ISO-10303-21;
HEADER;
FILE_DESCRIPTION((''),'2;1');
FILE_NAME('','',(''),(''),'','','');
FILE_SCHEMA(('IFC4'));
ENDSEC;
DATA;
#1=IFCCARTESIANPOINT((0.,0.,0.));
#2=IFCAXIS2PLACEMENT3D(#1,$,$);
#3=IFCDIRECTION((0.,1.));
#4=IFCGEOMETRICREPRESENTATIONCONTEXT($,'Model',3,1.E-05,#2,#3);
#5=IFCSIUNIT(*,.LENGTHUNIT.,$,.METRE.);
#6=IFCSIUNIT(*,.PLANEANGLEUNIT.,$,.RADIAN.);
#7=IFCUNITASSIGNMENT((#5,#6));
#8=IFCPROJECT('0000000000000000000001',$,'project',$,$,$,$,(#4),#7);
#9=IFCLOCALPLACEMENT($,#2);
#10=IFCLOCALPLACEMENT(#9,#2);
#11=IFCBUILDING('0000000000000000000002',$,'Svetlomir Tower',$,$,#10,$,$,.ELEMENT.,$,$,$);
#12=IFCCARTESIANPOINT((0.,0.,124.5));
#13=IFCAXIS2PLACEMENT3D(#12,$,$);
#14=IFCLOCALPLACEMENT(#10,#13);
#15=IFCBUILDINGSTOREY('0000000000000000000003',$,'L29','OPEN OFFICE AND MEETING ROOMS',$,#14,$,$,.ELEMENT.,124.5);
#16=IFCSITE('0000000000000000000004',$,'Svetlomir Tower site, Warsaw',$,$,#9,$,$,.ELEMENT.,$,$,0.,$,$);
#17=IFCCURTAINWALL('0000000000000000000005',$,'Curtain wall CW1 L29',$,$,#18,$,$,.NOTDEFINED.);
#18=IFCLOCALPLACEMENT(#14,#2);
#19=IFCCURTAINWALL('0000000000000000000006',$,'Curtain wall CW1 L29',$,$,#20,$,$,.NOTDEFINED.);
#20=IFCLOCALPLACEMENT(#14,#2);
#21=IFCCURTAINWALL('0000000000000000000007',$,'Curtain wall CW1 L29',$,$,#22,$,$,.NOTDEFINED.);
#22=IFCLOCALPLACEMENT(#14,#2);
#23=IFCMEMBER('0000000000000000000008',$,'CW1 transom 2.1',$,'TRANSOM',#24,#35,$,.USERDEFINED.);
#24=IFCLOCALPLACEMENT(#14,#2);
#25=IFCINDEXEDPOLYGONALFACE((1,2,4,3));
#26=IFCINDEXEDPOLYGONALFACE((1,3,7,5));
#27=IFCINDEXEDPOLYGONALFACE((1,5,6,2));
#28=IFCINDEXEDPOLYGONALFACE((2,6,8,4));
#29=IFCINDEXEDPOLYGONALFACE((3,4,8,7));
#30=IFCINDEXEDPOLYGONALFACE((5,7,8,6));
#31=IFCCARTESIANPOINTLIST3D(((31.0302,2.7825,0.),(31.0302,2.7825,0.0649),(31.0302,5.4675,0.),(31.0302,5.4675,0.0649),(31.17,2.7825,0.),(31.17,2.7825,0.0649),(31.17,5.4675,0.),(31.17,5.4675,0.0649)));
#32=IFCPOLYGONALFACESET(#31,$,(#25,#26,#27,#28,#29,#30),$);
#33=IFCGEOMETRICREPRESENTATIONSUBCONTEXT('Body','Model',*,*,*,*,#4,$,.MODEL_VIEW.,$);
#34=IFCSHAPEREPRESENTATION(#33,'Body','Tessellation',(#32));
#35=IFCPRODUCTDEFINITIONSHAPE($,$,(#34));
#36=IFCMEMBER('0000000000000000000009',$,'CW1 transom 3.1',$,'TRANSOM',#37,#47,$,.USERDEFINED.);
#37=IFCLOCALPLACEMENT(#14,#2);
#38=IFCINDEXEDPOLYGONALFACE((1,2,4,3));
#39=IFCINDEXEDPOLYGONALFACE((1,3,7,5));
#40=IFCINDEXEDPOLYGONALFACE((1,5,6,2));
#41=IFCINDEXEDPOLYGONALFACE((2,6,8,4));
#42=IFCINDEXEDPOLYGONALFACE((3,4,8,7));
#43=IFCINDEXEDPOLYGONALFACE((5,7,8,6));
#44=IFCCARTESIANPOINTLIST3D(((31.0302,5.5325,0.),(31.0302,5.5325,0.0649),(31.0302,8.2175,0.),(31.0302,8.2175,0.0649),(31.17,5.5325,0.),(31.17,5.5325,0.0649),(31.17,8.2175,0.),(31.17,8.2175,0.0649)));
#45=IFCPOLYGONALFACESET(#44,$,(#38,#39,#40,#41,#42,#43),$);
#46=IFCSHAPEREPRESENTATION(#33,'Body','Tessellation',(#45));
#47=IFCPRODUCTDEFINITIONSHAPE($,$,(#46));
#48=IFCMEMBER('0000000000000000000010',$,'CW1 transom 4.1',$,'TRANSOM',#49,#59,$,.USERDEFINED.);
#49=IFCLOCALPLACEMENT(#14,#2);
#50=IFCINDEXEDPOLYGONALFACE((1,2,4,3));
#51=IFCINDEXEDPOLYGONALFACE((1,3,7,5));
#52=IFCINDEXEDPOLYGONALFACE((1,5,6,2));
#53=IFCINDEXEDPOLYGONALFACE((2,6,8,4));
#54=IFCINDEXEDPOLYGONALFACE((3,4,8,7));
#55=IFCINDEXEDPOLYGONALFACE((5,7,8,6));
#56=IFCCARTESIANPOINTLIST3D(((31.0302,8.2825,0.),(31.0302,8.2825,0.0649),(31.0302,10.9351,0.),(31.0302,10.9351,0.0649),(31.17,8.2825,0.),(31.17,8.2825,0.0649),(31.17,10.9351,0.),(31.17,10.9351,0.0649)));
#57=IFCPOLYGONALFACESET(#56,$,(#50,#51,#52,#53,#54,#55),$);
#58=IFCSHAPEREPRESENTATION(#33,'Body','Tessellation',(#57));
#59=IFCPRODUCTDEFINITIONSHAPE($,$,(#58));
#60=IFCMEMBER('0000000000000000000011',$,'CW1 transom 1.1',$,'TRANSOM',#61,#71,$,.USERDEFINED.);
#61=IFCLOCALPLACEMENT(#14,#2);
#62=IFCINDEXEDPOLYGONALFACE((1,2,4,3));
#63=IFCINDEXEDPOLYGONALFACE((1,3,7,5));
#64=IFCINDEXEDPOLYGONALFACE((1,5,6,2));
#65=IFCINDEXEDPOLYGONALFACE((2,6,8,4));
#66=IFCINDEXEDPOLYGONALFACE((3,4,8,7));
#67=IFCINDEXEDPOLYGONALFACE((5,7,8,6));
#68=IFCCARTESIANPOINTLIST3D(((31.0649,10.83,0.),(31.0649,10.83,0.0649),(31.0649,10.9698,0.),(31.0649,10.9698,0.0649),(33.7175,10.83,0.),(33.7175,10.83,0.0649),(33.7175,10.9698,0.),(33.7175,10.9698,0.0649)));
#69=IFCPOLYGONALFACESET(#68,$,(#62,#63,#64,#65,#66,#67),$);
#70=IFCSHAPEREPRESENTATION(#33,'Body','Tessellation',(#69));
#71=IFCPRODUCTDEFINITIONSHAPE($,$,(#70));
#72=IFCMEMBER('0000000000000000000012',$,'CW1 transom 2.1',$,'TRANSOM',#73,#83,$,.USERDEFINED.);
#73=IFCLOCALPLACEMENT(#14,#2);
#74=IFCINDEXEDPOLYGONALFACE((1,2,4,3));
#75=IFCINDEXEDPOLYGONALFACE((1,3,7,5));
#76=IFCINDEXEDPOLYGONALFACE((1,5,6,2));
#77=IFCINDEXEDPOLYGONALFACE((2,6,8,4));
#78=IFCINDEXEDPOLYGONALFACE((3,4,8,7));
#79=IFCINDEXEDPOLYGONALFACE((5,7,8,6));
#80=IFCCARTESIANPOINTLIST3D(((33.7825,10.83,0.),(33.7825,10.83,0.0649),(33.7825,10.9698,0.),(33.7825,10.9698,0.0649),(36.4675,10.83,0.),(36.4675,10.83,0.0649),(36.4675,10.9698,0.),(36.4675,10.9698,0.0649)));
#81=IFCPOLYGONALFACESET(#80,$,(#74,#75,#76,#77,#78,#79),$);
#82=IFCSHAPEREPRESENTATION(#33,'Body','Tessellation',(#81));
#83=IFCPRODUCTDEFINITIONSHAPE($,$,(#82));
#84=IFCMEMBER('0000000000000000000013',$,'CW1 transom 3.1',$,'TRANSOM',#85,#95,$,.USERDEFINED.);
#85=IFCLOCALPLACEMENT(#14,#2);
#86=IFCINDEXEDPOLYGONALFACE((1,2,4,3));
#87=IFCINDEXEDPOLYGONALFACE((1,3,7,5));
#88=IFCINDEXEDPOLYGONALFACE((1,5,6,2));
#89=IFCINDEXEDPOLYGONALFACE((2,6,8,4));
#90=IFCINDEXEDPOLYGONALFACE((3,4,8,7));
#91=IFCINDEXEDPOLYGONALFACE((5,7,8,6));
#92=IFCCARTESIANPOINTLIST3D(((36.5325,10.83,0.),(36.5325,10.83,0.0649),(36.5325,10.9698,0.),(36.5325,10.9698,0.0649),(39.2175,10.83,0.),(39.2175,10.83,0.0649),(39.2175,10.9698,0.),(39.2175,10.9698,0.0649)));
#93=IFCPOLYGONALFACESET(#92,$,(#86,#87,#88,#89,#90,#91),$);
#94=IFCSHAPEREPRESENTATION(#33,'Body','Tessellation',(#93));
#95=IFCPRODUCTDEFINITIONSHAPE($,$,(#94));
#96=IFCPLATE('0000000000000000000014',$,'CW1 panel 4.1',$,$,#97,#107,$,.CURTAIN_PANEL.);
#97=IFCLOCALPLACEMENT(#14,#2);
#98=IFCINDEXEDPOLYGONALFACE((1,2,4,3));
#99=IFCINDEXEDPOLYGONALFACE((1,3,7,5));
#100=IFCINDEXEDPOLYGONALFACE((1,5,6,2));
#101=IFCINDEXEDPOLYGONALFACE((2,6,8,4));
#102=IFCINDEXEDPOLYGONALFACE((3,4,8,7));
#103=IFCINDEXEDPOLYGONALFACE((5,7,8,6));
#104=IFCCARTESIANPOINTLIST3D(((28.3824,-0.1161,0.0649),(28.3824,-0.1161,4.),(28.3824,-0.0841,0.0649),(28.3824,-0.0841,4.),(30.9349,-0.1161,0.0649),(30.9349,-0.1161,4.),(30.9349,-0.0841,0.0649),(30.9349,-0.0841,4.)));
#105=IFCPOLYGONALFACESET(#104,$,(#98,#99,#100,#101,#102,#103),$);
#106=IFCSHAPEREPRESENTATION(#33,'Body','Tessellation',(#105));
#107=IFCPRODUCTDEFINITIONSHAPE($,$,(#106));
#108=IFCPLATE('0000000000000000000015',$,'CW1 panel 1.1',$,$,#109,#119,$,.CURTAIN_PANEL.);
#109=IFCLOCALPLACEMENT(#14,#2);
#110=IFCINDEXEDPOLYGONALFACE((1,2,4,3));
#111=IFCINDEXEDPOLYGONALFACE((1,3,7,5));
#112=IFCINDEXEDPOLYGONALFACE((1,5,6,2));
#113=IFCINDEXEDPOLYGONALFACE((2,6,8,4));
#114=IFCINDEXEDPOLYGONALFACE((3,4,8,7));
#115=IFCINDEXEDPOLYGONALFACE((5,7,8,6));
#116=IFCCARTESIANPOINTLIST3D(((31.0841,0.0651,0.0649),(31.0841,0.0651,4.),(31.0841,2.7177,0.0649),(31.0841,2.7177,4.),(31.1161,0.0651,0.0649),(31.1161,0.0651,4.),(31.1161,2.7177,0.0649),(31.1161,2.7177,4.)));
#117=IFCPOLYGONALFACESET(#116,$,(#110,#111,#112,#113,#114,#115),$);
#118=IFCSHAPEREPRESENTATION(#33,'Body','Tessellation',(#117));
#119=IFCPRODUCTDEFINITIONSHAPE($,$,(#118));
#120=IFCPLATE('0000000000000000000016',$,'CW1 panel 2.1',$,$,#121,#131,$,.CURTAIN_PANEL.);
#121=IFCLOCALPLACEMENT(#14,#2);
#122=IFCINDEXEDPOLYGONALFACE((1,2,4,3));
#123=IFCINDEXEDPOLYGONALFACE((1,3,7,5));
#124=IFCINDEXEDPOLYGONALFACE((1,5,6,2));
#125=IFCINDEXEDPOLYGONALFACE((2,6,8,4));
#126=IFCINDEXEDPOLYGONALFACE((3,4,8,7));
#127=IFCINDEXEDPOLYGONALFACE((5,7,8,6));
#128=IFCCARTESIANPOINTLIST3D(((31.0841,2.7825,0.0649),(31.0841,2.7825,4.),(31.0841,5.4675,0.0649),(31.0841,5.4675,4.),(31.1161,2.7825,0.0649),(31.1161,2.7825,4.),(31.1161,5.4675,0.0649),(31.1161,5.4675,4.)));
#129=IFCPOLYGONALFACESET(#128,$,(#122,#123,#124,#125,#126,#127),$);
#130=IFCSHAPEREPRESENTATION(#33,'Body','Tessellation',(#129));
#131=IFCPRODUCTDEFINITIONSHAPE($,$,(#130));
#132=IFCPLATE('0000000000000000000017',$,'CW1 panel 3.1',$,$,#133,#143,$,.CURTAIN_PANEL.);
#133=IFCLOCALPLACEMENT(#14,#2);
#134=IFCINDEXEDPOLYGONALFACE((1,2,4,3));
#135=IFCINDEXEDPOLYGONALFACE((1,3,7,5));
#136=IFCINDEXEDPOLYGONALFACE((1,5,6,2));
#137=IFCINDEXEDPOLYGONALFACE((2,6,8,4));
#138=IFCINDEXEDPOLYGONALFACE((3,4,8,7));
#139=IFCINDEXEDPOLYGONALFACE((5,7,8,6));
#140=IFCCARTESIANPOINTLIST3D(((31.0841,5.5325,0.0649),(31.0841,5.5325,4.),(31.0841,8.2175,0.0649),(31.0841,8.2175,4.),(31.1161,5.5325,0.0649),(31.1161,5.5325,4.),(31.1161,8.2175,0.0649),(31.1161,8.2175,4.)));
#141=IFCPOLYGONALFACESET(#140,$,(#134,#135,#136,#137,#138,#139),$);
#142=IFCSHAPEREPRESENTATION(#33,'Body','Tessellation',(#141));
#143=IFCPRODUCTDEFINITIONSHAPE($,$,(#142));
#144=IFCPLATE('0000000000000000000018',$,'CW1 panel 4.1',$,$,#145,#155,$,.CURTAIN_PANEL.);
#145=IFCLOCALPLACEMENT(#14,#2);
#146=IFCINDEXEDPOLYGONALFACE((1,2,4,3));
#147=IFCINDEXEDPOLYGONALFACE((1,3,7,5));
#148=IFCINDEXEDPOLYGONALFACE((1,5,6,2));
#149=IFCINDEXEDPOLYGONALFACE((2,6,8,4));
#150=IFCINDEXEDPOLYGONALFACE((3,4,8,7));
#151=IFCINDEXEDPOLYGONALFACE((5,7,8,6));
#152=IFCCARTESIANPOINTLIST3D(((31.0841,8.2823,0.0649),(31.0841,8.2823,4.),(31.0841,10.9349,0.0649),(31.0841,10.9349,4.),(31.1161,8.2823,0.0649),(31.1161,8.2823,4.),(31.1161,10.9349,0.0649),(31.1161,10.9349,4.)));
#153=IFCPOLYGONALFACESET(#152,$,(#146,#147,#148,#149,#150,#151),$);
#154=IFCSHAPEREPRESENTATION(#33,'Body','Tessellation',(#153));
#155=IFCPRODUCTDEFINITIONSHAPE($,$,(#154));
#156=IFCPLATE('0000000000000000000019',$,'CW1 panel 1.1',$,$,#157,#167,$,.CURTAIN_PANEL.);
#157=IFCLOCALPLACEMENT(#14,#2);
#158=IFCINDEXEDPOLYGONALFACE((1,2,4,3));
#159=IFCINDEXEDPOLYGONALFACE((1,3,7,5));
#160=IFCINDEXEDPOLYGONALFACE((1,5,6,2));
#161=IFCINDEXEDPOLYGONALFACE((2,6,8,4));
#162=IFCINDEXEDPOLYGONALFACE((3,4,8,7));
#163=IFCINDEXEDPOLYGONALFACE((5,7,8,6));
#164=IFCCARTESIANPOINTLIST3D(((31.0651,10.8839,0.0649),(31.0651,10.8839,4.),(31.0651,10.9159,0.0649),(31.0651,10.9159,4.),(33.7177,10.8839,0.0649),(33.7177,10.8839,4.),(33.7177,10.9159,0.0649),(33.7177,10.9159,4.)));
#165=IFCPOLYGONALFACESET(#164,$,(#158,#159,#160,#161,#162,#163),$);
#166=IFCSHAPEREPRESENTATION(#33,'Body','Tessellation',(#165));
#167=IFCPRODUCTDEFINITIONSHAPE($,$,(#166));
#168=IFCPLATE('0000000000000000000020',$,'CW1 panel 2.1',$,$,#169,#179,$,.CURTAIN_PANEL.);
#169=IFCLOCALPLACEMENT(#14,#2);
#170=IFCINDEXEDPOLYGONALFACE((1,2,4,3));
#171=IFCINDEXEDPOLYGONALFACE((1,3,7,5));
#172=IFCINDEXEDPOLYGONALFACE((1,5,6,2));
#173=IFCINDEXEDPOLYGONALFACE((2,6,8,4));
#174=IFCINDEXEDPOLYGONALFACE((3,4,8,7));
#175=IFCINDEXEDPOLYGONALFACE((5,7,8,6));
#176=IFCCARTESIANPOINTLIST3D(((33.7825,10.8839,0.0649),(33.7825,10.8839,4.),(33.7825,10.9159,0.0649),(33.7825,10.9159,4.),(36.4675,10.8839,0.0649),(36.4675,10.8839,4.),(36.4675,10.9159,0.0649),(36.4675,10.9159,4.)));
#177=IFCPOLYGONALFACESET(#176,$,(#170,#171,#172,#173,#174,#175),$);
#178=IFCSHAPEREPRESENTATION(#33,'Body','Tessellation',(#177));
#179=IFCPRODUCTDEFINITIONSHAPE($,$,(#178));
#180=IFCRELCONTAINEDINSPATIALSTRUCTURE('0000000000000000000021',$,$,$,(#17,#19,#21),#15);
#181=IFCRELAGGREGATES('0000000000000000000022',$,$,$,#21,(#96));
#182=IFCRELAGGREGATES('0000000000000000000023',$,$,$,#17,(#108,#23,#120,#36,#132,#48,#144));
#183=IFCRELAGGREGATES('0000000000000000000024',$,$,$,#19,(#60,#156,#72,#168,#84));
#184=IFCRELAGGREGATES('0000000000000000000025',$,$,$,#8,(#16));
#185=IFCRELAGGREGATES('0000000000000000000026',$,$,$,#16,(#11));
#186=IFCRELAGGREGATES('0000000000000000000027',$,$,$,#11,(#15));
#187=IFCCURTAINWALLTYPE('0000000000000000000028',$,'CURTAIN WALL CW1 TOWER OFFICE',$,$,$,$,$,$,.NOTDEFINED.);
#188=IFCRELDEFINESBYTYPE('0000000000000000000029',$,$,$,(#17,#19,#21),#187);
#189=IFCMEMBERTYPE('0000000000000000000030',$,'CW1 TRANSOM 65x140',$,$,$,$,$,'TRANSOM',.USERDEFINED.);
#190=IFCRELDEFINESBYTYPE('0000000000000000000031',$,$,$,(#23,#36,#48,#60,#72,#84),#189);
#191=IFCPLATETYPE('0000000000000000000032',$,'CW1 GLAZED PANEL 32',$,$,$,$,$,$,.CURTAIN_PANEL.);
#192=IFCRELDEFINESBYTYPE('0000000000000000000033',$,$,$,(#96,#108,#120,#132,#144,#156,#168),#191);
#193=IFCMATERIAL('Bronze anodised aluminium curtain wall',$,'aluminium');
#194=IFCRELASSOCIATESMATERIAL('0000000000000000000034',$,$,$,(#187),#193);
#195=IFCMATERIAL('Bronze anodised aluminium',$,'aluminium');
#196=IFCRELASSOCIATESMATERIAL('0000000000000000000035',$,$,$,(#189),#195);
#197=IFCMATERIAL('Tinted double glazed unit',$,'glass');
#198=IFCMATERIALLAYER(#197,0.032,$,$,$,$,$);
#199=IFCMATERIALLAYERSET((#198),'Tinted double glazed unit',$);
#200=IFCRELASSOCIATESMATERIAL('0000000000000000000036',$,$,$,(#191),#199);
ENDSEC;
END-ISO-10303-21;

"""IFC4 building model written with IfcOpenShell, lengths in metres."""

from ifc_helpers import new_model, si_unit, direction, frame, origin, origin_2d, place, context, subcontext, project, spatial, rectangle, extrude, material, layer, layer_set, material_profile, profile_set, type_object, element, aggregate, save


model = new_model("IFC4")

# Units and contexts
model_context = context("Model", 3, precision=1e-05, world=origin(), true_north=direction((0.0, 1.0)))
body_context = subcontext(model_context, "Body", "Model", "MODEL_VIEW")
ifc_project = project(units=[si_unit("LENGTHUNIT", "METRE"), si_unit("PLANEANGLEUNIT", "RADIAN")], contexts=[model_context])

# Site, building, storey
site_placement = place(None, origin())
site = spatial("IfcSite", under=ifc_project, at=site_placement, Name="Svetlomir Tower site, Warsaw", CompositionType="ELEMENT", RefElevation=0.0)
building_placement = place(site_placement, origin())
building = spatial("IfcBuilding", under=site, at=building_placement, Name="Svetlomir Tower", CompositionType="ELEMENT")
storey_placement = place(building_placement, frame((0.0, 0.0, 124.5)))
storey = spatial("IfcBuildingStorey", under=building, at=storey_placement, Name="L29", Description="OPEN OFFICE AND MEETING ROOMS", CompositionType="ELEMENT", Elevation=124.5)

# Curtain walls
ifc_material_1 = material(Name="Bronze anodised aluminium curtain wall", Category="aluminium")
curtain_wall_type = type_object("IfcCurtainWallType", Name="CURTAIN WALL CW1 TOWER OFFICE", PredefinedType="NOTDEFINED", material=ifc_material_1)
curtain_wall_1_placement = place(storey_placement, origin())
curtain_wall_1 = element("IfcCurtainWall", 1, at=curtain_wall_1_placement, inside=storey, type_object=curtain_wall_type, Name="Curtain wall CW1 L29", PredefinedType="NOTDEFINED")
curtain_wall_2_placement = place(storey_placement, origin())
curtain_wall_2 = element("IfcCurtainWall", 2, at=curtain_wall_2_placement, inside=storey, type_object=curtain_wall_type, Name="Curtain wall CW1 L29", PredefinedType="NOTDEFINED")

# Curtain wall
curtain_wall_3_placement = place(storey_placement, origin())
curtain_wall_3 = element("IfcCurtainWall", 3, at=curtain_wall_3_placement, inside=storey, type_object=curtain_wall_type, Name="Curtain wall CW1 L29", PredefinedType="NOTDEFINED")

# Members
ifc_material_2 = material(Name="Bronze anodised aluminium", Category="aluminium")
ifc_material_profile_1 = material_profile(ifc_material_2, rectangle(XDim=0.1399, YDim=0.0649, at=origin_2d()), Name="AL 140x65")
ifc_profile_set_1 = profile_set([ifc_material_profile_1], Name="Bronze anodised aluminium 6063-T6")
member_type_1 = type_object("IfcMemberType", Name="CW1 TRANSOM 65x140", ElementType="TRANSOM", PredefinedType="USERDEFINED", material=ifc_profile_set_1)
member_1_placement = place(storey_placement, frame((31.1001, 2.7825, 0.0325), z_axis=(0.0, 1.0, 0.0), x_axis=(-1.0, 0.0, 0.0)))
member_1 = element("IfcMember", 4, at=member_1_placement, type_object=member_type_1, Name="CW1 transom 2.1", ObjectType="TRANSOM", PredefinedType="USERDEFINED", context=body_context, shape_type="SweptSolid", body=[
    extrude(rectangle(XDim=0.1399, YDim=0.0649, at=origin_2d()), origin(), (0.0, 0.0, 1.0), 2.6851),
])
member_2_placement = place(storey_placement, frame((31.1001, 5.5325, 0.0325), z_axis=(0.0, 1.0, 0.0), x_axis=(-1.0, 0.0, 0.0)))
member_2 = element("IfcMember", 5, at=member_2_placement, type_object=member_type_1, Name="CW1 transom 3.1", ObjectType="TRANSOM", PredefinedType="USERDEFINED", context=body_context, shape_type="SweptSolid", body=[
    extrude(rectangle(XDim=0.1399, YDim=0.0649, at=origin_2d()), origin(), (0.0, 0.0, 1.0), 2.6851),
])
member_3_placement = place(storey_placement, frame((31.1001, 8.2825, 0.0325), z_axis=(0.0, 1.0, 0.0), x_axis=(-1.0, 0.0, 0.0)))
member_3 = element("IfcMember", 6, at=member_3_placement, type_object=member_type_1, Name="CW1 transom 4.1", ObjectType="TRANSOM", PredefinedType="USERDEFINED", context=body_context, shape_type="SweptSolid", body=[
    extrude(rectangle(XDim=0.1399, YDim=0.0649, at=origin_2d()), origin(), (0.0, 0.0, 1.0), 2.6526),
])
member_4_placement = place(storey_placement, frame((31.0649, 10.8999, 0.0325), z_axis=(1.0, 0.0, 0.0), x_axis=(0.0, 1.0, 0.0)))
member_4 = element("IfcMember", 7, at=member_4_placement, type_object=member_type_1, Name="CW1 transom 1.1", ObjectType="TRANSOM", PredefinedType="USERDEFINED", context=body_context, shape_type="SweptSolid", body=[
    extrude(rectangle(XDim=0.1399, YDim=0.0649, at=origin_2d()), origin(), (0.0, 0.0, 1.0), 2.6526),
])
member_5_placement = place(storey_placement, frame((33.7825, 10.8999, 0.0325), z_axis=(1.0, 0.0, 0.0), x_axis=(0.0, 1.0, 0.0)))
member_5 = element("IfcMember", 8, at=member_5_placement, type_object=member_type_1, Name="CW1 transom 2.1", ObjectType="TRANSOM", PredefinedType="USERDEFINED", context=body_context, shape_type="SweptSolid", body=[
    extrude(rectangle(XDim=0.1399, YDim=0.0649, at=origin_2d()), origin(), (0.0, 0.0, 1.0), 2.6851),
])
member_6_placement = place(storey_placement, frame((36.5325, 10.8999, 0.0325), z_axis=(1.0, 0.0, 0.0), x_axis=(0.0, 1.0, 0.0)))
member_6 = element("IfcMember", 9, at=member_6_placement, type_object=member_type_1, Name="CW1 transom 3.1", ObjectType="TRANSOM", PredefinedType="USERDEFINED", context=body_context, shape_type="SweptSolid", body=[
    extrude(rectangle(XDim=0.1399, YDim=0.0649, at=origin_2d()), origin(), (0.0, 0.0, 1.0), 2.6851),
])

# Plates
ifc_material_3 = material(Name="Tinted double glazed unit", Category="glass")
ifc_layer = layer(ifc_material_3, 0.032)
ifc_layer_set = layer_set([ifc_layer], Name="Tinted double glazed unit")
plate_type = type_object("IfcPlateType", Name="CW1 GLAZED PANEL 32", PredefinedType="CURTAIN_PANEL", material=ifc_layer_set)
plate_1_placement = place(storey_placement, frame((29.6587, -0.1001, 0.0649), z_axis=(0.0, 0.0, 1.0), x_axis=(1.0, 0.0, 0.0)))
plate_1 = element("IfcPlate", 10, at=plate_1_placement, type_object=plate_type, Name="CW1 panel 4.1", PredefinedType="CURTAIN_PANEL", context=body_context, shape_type="SweptSolid", body=[
    extrude(rectangle(XDim=2.5525, YDim=0.032, at=origin_2d()), origin(), (0.0, 0.0, 1.0), 3.9351),
])
aggregate(curtain_wall_3, [plate_1])
plate_2_placement = place(storey_placement, frame((31.1001, 1.3914, 0.0649), z_axis=(0.0, 0.0, 1.0), x_axis=(0.0, 1.0, 0.0)))
plate_2 = element("IfcPlate", 11, at=plate_2_placement, type_object=plate_type, Name="CW1 panel 1.1", PredefinedType="CURTAIN_PANEL", context=body_context, shape_type="SweptSolid", body=[
    extrude(rectangle(XDim=2.6526, YDim=0.032, at=origin_2d()), origin(), (0.0, 0.0, 1.0), 3.9351),
])
plate_3_placement = place(storey_placement, frame((31.1001, 4.125, 0.0649), z_axis=(0.0, 0.0, 1.0), x_axis=(0.0, 1.0, 0.0)))
plate_3 = element("IfcPlate", 12, at=plate_3_placement, type_object=plate_type, Name="CW1 panel 2.1", PredefinedType="CURTAIN_PANEL", context=body_context, shape_type="SweptSolid", body=[
    extrude(rectangle(XDim=2.6851, YDim=0.032, at=origin_2d()), origin(), (0.0, 0.0, 1.0), 3.9351),
])
plate_4_placement = place(storey_placement, frame((31.1001, 6.875, 0.0649), z_axis=(0.0, 0.0, 1.0), x_axis=(0.0, 1.0, 0.0)))
plate_4 = element("IfcPlate", 13, at=plate_4_placement, type_object=plate_type, Name="CW1 panel 3.1", PredefinedType="CURTAIN_PANEL", context=body_context, shape_type="SweptSolid", body=[
    extrude(rectangle(XDim=2.6851, YDim=0.032, at=origin_2d()), origin(), (0.0, 0.0, 1.0), 3.9351),
])
plate_5_placement = place(storey_placement, frame((31.1001, 9.6086, 0.0649), z_axis=(0.0, 0.0, 1.0), x_axis=(0.0, 1.0, 0.0)))
plate_5 = element("IfcPlate", 14, at=plate_5_placement, type_object=plate_type, Name="CW1 panel 4.1", PredefinedType="CURTAIN_PANEL", context=body_context, shape_type="SweptSolid", body=[
    extrude(rectangle(XDim=2.6526, YDim=0.032, at=origin_2d()), origin(), (0.0, 0.0, 1.0), 3.9351),
])
aggregate(curtain_wall_1, [plate_2, member_1, plate_3, member_2, plate_4, member_3, plate_5])
plate_6_placement = place(storey_placement, frame((32.3914, 10.8999, 0.0649), z_axis=(0.0, 0.0, 1.0), x_axis=(1.0, 0.0, 0.0)))
plate_6 = element("IfcPlate", 15, at=plate_6_placement, type_object=plate_type, Name="CW1 panel 1.1", PredefinedType="CURTAIN_PANEL", context=body_context, shape_type="SweptSolid", body=[
    extrude(rectangle(XDim=2.6526, YDim=0.032, at=origin_2d()), origin(), (0.0, 0.0, 1.0), 3.9351),
])
plate_7_placement = place(storey_placement, frame((35.125, 10.8999, 0.0649), z_axis=(0.0, 0.0, 1.0), x_axis=(1.0, 0.0, 0.0)))
plate_7 = element("IfcPlate", 16, at=plate_7_placement, type_object=plate_type, Name="CW1 panel 2.1", PredefinedType="CURTAIN_PANEL", context=body_context, shape_type="SweptSolid", body=[
    extrude(rectangle(XDim=2.6851, YDim=0.032, at=origin_2d()), origin(), (0.0, 0.0, 1.0), 3.9351),
])
aggregate(curtain_wall_2, [member_4, plate_6, member_5, plate_7, member_6])

save(model, "model.ifc")
